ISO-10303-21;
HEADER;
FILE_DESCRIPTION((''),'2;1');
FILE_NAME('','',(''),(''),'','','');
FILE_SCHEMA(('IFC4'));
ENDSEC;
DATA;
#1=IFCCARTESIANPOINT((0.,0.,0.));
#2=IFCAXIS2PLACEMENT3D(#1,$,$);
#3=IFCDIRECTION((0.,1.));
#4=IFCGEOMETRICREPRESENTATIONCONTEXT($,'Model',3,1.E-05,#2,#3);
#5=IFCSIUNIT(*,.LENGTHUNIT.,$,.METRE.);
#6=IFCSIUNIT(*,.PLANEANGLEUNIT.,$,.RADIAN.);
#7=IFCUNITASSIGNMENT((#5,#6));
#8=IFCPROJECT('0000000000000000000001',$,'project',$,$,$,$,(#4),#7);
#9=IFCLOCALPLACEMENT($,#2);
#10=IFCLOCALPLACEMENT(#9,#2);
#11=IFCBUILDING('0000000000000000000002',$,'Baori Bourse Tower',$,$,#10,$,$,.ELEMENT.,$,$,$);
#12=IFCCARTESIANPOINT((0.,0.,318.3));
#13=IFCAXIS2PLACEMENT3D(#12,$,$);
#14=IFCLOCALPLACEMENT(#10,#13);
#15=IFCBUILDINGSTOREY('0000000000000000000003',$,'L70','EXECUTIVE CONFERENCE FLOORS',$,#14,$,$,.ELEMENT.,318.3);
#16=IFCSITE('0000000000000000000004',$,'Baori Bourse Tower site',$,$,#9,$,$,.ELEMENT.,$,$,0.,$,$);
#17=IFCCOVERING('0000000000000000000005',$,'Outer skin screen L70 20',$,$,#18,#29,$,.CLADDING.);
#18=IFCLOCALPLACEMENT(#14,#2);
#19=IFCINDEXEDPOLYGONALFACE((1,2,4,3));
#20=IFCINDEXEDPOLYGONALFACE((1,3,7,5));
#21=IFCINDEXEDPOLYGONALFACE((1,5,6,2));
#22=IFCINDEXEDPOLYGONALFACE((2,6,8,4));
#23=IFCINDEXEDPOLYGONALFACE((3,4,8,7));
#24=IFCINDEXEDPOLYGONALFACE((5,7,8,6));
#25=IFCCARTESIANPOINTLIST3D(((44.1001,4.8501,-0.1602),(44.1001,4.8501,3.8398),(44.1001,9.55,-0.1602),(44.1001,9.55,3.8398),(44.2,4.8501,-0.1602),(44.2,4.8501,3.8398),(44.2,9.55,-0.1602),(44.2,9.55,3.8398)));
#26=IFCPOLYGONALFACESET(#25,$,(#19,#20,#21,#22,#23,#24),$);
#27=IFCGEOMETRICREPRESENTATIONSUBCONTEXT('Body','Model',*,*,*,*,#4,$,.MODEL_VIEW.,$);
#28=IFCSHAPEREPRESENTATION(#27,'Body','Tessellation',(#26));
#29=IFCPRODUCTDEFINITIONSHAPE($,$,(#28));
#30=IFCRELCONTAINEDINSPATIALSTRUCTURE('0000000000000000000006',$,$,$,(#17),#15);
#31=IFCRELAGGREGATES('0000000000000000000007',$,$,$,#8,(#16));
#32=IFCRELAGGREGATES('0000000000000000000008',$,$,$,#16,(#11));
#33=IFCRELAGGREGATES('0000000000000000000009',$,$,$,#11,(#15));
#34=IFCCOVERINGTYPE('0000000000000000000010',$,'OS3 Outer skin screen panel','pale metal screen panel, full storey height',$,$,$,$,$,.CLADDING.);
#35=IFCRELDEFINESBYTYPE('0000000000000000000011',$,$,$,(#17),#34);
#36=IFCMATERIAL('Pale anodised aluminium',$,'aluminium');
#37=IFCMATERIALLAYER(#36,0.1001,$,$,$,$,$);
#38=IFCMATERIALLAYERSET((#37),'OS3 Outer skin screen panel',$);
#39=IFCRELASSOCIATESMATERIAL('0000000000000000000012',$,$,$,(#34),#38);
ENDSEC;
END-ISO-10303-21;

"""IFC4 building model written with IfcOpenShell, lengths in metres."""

from ifc_helpers import new_model, si_unit, direction, frame, origin, place, context, subcontext, project, spatial, polyline, outline, extrude, material, layer, layer_set, type_object, element, save


model = new_model("IFC4")

# Units and contexts
model_context = context("Model", 3, precision=1e-05, world=origin(), true_north=direction((0.0, 1.0)))
body_context = subcontext(model_context, "Body", "Model", "MODEL_VIEW")
ifc_project = project(units=[si_unit("LENGTHUNIT", "METRE"), si_unit("PLANEANGLEUNIT", "RADIAN")], contexts=[model_context])

# Site, building, storey
site_placement = place(None, origin())
site = spatial("IfcSite", under=ifc_project, at=site_placement, Name="Baori Bourse Tower site", CompositionType="ELEMENT", RefElevation=0.0)
building_placement = place(site_placement, origin())
building = spatial("IfcBuilding", under=site, at=building_placement, Name="Baori Bourse Tower", CompositionType="ELEMENT")
storey_placement = place(building_placement, frame((0.0, 0.0, 318.3)))
storey = spatial("IfcBuildingStorey", under=building, at=storey_placement, Name="L70", Description="EXECUTIVE CONFERENCE FLOORS", CompositionType="ELEMENT", Elevation=318.3)

# Covering
ifc_material_1 = material(Name="Pale anodised aluminium", Category="aluminium")
ifc_layer_1 = layer(ifc_material_1, 0.1001)
ifc_layer_set_1 = layer_set([ifc_layer_1], Name="OS3 Outer skin screen panel")
covering_type = type_object("IfcCoveringType", Name="OS3 Outer skin screen panel", Description="pale metal screen panel, full storey height", PredefinedType="CLADDING", material=ifc_layer_set_1)
covering_1_placement = place(storey_placement, frame((0.0, 0.0, -0.1602)))
element("IfcCovering", 1, at=covering_1_placement, inside=storey, type_object=covering_type, Name="Outer skin screen L70 20", PredefinedType="CLADDING", context=body_context, shape_type="SweptSolid", body=[
    extrude(outline(polyline([(44.1001, 9.55), (44.1001, 4.8501), (44.2, 4.8501), (44.2, 9.55), (44.1001, 9.55)])), origin(), (0.0, 0.0, 1.0), 4.0),
])

save(model, "model.ifc")
